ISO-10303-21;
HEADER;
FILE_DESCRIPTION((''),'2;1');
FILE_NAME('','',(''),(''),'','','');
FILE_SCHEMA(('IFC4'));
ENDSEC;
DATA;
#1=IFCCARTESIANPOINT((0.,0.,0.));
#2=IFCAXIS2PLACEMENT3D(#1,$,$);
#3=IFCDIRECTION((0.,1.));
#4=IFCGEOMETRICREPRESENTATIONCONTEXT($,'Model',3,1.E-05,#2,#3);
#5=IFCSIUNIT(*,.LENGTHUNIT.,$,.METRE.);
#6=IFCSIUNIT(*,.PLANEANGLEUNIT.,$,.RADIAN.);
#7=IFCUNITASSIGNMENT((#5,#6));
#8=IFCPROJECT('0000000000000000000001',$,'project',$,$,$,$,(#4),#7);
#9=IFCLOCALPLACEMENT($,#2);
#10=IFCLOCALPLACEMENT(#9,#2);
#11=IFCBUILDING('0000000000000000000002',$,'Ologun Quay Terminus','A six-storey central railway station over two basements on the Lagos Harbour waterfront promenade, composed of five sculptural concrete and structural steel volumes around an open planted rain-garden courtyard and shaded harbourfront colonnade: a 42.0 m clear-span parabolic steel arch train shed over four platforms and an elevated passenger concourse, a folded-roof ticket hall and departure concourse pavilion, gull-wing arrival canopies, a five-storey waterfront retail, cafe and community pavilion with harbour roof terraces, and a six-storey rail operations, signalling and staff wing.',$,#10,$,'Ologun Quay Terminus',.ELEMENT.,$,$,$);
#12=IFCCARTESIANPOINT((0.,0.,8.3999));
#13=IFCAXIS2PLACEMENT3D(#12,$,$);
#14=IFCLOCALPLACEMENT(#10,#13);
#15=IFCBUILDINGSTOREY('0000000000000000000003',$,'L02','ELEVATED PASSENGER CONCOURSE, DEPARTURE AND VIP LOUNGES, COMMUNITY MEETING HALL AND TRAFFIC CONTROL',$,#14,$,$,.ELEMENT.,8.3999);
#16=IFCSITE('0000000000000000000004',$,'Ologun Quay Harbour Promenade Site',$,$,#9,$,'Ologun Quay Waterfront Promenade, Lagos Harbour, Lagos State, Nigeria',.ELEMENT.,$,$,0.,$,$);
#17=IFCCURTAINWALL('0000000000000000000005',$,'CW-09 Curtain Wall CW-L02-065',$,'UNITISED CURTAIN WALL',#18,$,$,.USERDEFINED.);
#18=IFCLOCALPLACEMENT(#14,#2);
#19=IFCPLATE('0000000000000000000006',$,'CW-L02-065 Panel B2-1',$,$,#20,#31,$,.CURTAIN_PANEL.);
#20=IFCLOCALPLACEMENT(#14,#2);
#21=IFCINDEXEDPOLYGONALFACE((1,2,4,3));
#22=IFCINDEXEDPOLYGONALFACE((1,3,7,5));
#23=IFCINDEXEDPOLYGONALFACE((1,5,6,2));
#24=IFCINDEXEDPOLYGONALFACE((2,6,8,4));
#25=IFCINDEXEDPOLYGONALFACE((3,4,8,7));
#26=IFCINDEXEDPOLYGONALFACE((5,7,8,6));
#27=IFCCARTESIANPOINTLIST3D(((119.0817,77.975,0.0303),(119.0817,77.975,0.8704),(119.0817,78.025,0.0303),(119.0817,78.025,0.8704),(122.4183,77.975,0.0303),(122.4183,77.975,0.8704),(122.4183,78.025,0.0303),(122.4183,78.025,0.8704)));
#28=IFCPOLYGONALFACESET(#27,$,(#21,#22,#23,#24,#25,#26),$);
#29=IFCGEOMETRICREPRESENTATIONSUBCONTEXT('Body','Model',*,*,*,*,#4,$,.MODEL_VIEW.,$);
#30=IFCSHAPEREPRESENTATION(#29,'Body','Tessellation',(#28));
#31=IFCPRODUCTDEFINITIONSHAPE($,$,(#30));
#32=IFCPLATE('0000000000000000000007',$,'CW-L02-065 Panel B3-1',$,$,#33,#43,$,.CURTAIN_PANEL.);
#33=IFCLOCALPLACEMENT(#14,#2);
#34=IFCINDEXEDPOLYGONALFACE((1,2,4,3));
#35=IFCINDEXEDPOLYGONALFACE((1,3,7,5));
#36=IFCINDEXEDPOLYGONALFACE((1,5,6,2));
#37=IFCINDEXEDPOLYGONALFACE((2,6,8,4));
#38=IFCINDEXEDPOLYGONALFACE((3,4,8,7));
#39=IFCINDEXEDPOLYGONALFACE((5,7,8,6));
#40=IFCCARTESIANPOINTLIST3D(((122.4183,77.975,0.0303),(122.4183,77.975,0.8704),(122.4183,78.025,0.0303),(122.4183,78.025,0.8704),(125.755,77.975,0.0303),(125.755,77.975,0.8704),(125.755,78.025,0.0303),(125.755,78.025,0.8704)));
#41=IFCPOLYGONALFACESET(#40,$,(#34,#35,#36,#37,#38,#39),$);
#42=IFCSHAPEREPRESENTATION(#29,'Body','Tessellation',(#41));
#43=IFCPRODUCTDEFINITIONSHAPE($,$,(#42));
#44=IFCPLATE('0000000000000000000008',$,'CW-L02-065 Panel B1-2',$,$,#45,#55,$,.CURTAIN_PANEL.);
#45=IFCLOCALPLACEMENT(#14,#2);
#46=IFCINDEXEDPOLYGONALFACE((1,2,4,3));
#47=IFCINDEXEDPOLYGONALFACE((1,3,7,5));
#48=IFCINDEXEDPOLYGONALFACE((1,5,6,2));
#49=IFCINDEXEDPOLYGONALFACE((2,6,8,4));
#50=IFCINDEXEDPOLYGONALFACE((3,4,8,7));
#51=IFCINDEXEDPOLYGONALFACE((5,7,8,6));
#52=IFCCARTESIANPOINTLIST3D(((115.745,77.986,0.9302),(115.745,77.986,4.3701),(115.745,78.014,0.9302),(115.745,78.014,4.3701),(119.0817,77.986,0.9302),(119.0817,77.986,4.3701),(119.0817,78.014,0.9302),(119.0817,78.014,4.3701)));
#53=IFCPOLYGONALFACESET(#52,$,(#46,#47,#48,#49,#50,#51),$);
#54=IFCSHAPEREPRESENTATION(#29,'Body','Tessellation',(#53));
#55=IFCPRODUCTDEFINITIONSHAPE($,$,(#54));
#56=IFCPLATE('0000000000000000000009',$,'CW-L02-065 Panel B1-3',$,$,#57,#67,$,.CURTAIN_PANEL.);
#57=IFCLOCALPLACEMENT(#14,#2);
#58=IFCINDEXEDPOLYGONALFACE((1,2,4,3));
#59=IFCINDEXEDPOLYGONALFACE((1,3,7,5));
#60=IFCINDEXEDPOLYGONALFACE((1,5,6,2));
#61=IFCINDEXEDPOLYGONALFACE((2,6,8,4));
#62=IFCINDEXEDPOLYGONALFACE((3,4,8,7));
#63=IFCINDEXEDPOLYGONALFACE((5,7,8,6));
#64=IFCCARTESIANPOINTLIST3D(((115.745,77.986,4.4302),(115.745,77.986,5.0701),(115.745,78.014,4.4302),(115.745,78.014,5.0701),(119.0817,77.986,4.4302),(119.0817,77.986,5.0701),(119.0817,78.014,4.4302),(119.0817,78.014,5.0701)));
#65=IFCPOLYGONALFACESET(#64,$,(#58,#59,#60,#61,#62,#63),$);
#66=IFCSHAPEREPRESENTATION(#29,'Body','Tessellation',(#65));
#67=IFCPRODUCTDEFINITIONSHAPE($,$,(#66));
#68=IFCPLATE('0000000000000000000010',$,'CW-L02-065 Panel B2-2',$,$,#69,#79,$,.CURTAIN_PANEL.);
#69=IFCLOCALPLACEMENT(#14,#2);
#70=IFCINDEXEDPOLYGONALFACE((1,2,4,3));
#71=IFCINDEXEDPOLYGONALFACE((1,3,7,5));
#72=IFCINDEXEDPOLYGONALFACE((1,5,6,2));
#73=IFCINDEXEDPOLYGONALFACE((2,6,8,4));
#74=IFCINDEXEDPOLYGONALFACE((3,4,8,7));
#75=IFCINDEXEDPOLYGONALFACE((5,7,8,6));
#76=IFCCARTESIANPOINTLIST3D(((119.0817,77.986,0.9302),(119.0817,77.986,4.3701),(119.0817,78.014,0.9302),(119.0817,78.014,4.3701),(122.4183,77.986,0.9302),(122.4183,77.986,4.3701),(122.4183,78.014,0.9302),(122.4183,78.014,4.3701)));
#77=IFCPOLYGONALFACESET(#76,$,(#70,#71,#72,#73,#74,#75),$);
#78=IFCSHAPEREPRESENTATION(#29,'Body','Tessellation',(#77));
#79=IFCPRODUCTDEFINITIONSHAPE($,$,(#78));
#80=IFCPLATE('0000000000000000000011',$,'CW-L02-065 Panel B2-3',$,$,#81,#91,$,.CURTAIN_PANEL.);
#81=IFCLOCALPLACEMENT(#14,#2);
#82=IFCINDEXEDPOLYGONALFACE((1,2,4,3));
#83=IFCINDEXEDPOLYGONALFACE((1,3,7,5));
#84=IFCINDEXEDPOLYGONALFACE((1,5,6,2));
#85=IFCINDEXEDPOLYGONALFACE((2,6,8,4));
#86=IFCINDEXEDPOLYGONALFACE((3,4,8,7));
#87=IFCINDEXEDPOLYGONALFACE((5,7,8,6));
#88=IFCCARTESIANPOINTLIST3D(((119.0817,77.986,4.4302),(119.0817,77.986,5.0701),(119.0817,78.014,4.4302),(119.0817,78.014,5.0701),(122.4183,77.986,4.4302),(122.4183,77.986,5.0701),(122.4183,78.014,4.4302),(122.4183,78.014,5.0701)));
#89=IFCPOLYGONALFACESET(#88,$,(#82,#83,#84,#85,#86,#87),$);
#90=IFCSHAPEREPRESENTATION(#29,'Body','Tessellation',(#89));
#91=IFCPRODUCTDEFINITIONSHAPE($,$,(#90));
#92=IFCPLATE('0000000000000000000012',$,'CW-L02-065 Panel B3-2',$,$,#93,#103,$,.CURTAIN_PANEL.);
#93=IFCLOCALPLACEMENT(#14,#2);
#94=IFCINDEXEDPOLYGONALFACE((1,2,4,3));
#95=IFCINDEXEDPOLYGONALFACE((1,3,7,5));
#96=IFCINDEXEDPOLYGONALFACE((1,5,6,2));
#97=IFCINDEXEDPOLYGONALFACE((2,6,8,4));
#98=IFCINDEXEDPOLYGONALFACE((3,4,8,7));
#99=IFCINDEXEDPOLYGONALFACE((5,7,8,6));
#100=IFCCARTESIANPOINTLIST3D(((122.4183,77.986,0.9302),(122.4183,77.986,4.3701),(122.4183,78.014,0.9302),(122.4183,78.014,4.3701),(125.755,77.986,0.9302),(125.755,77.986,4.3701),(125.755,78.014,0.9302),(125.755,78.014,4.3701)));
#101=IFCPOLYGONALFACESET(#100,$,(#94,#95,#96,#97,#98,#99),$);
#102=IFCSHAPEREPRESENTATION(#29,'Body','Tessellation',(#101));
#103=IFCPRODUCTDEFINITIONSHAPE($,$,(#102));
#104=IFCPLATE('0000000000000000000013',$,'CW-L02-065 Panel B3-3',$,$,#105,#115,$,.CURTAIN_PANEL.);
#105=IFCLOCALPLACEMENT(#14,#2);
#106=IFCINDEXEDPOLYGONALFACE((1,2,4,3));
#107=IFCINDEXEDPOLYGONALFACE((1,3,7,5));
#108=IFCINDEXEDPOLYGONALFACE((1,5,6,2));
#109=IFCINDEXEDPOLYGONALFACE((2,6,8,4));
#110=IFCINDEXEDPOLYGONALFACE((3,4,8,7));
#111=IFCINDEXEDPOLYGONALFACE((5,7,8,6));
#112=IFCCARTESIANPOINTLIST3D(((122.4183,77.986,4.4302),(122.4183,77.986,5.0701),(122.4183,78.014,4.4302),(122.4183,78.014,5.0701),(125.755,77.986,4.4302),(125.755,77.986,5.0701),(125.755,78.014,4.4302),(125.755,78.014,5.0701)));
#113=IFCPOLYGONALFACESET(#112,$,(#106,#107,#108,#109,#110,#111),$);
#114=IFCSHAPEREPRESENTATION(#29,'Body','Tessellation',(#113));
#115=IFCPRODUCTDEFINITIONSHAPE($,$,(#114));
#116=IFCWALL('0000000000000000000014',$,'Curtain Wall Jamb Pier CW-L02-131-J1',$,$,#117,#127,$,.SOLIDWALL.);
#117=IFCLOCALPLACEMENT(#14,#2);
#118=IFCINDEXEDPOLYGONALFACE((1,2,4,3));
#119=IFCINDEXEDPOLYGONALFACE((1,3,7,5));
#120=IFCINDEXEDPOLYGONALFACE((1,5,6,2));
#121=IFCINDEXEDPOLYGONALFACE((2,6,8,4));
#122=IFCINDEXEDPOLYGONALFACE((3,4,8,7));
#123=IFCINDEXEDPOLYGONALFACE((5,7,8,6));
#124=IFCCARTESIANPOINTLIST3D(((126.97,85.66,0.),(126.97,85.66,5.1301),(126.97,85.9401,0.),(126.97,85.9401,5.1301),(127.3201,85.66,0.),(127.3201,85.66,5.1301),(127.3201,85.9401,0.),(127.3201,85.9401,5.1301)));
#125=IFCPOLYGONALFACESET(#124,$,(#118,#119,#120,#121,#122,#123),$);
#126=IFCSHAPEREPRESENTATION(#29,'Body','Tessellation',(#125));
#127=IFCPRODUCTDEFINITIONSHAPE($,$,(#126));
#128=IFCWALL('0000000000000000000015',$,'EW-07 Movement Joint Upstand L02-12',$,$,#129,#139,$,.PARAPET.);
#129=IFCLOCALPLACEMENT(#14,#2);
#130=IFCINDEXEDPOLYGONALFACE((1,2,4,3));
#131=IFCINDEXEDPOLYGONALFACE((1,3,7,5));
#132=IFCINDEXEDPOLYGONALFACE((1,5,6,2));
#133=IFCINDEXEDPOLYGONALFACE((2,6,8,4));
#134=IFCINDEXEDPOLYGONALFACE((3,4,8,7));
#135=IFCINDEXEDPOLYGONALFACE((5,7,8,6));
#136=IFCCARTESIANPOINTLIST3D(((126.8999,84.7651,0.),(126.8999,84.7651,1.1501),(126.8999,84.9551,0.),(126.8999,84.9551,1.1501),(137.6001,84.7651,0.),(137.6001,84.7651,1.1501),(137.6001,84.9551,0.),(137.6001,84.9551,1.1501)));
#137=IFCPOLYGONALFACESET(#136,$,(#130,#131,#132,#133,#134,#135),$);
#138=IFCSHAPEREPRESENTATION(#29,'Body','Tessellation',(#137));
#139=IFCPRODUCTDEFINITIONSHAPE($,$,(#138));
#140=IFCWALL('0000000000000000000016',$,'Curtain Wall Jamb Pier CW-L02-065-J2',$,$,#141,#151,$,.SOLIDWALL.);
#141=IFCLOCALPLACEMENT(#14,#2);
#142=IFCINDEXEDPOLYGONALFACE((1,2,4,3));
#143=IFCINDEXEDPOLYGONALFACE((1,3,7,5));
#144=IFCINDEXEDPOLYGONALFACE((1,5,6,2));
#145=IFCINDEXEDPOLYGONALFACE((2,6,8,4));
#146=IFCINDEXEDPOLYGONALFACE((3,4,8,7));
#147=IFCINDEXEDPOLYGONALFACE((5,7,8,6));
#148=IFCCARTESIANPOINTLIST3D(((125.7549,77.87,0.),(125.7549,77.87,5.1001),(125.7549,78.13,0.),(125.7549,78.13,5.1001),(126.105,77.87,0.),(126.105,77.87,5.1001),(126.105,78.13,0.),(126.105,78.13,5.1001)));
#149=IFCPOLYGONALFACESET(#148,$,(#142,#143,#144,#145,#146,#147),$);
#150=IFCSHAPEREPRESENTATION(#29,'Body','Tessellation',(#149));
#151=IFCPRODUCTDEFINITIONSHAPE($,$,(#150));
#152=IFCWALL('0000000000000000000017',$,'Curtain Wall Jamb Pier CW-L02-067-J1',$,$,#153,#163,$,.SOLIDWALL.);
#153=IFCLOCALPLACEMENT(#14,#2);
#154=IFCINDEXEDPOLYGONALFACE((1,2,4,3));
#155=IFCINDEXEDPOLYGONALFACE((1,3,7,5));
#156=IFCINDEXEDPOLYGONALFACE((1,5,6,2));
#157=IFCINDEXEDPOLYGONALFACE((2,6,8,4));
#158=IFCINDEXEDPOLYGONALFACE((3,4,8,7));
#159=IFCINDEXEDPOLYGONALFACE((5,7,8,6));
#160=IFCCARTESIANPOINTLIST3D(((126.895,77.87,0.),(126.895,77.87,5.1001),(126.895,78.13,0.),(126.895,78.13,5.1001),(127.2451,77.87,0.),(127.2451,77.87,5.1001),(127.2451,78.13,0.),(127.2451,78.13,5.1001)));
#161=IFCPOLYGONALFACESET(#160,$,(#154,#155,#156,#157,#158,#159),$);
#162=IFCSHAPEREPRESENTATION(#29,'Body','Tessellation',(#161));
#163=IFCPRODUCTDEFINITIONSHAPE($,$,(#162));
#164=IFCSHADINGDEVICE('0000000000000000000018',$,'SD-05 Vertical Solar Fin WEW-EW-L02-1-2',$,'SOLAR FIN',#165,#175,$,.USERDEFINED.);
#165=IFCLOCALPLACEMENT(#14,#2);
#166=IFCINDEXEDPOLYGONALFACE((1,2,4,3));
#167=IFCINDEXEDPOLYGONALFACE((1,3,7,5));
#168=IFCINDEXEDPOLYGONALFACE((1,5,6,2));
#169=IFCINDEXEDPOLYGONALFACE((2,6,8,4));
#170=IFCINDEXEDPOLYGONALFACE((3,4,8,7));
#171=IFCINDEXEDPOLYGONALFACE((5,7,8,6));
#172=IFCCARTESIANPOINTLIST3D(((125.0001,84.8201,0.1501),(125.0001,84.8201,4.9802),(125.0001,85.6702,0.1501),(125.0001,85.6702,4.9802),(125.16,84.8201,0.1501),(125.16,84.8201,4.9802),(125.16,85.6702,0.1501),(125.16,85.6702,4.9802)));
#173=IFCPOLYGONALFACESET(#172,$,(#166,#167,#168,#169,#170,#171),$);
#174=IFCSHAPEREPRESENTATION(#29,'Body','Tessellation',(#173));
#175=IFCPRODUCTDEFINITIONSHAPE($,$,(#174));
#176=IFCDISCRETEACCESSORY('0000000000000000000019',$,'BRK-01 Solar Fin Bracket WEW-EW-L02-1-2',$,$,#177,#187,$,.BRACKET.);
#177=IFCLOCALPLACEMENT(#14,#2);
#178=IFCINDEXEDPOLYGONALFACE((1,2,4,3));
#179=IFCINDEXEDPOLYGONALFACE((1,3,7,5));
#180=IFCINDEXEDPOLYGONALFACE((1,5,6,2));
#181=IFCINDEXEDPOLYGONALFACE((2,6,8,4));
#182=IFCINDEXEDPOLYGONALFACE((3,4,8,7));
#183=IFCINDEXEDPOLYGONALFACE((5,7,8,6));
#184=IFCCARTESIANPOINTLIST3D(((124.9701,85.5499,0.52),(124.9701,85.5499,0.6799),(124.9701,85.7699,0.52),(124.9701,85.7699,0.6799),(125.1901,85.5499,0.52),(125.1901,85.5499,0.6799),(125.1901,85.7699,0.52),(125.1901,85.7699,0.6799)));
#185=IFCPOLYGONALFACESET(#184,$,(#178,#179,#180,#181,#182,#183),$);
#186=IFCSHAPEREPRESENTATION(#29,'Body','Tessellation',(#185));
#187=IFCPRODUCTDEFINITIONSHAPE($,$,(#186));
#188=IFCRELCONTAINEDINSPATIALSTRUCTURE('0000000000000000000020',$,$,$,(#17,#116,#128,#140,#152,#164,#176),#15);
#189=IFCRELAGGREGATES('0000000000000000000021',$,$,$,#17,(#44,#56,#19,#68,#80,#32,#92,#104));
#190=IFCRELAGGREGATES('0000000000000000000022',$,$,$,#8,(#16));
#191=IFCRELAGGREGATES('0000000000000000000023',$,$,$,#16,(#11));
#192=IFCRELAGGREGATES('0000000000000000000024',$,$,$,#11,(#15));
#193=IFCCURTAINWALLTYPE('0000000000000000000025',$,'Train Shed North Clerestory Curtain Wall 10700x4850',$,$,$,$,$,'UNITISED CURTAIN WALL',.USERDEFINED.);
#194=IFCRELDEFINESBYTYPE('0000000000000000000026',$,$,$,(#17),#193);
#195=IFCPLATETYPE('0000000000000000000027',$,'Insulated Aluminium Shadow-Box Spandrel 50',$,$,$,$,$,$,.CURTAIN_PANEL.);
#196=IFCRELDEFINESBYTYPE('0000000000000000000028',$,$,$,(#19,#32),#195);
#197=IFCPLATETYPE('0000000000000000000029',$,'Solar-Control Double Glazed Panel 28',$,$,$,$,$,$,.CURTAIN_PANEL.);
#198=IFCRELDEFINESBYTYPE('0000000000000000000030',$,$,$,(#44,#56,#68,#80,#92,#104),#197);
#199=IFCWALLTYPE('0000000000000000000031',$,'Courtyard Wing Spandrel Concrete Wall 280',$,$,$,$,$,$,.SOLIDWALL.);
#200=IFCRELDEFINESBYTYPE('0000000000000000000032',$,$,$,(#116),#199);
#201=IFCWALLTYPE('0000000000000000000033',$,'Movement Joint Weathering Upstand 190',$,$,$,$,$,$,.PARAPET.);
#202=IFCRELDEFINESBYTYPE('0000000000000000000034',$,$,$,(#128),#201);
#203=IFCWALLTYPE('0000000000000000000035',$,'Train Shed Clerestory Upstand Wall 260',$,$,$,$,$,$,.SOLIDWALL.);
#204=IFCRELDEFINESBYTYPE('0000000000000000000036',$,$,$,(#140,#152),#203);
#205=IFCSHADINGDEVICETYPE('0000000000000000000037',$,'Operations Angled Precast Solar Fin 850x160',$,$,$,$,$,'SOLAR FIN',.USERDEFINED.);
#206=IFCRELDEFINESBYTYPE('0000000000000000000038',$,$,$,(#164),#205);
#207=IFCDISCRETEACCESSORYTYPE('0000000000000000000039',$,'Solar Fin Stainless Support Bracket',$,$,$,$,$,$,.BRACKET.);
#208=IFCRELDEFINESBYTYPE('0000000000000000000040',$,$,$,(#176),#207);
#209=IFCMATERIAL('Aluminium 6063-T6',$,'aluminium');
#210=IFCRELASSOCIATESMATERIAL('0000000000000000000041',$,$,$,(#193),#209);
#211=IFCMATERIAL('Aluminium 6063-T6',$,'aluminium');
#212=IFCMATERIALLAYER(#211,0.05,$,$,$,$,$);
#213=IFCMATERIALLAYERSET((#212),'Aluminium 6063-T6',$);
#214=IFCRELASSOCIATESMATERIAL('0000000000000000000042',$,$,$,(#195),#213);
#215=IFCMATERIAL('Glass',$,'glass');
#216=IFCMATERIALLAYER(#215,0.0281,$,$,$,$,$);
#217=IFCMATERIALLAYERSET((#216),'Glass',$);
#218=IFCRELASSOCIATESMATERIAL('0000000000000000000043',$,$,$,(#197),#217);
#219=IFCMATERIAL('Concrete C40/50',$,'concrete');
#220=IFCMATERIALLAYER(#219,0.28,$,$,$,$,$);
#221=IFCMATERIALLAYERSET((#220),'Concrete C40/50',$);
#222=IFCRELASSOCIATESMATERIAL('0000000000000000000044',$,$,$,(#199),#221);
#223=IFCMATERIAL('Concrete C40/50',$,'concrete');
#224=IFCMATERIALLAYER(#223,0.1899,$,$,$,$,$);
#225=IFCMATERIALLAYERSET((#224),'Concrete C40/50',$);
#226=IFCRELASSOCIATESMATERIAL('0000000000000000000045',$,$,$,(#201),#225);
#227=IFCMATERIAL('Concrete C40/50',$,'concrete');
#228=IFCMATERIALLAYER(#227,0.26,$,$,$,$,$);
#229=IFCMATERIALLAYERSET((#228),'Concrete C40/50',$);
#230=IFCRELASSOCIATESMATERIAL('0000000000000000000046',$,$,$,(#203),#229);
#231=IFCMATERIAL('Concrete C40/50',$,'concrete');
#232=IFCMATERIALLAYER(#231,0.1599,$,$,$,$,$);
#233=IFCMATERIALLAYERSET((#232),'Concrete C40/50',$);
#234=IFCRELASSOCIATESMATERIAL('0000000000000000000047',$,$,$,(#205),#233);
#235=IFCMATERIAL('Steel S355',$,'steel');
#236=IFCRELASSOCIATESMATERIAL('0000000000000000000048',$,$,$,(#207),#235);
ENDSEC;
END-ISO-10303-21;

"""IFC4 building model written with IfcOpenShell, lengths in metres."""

from ifc_helpers import new_model, si_unit, direction, frame, frame_2d, origin, origin_2d, place, context, subcontext, project, spatial, rectangle, extrude, material, layer, layer_set, type_object, element, aggregate, save


model = new_model("IFC4")

# Units and contexts
model_context = context("Model", 3, precision=1e-05, world=origin(), true_north=direction((0.0, 1.0)))
body_context = subcontext(model_context, "Body", "Model", "MODEL_VIEW")
ifc_project = project(units=[si_unit("LENGTHUNIT", "METRE"), si_unit("PLANEANGLEUNIT", "RADIAN")], contexts=[model_context])

# Site, building, storey
site_placement = place(None, origin())
site = spatial("IfcSite", under=ifc_project, at=site_placement, Name="Ologun Quay Harbour Promenade Site", LongName="Ologun Quay Waterfront Promenade, Lagos Harbour, Lagos State, Nigeria", CompositionType="ELEMENT", RefElevation=0.0)
building_placement = place(site_placement, origin())
building = spatial("IfcBuilding", under=site, at=building_placement, Name="Ologun Quay Terminus", Description="A six-storey central railway station over two basements on the Lagos Harbour waterfront promenade, composed of five sculptural concrete and structural steel volumes around an open planted rain-garden courtyard and shaded harbourfront colonnade: a 42.0 m clear-span parabolic steel arch train shed over four platforms and an elevated passenger concourse, a folded-roof ticket hall and departure concourse pavilion, gull-wing arrival canopies, a five-storey waterfront retail, cafe and community pavilion with harbour roof terraces, and a six-storey rail operations, signalling and staff wing.", LongName="Ologun Quay Terminus", CompositionType="ELEMENT")
storey_placement = place(building_placement, frame((0.0, 0.0, 8.3999)))
storey = spatial("IfcBuildingStorey", under=building, at=storey_placement, Name="L02", Description="ELEVATED PASSENGER CONCOURSE, DEPARTURE AND VIP LOUNGES, COMMUNITY MEETING HALL AND TRAFFIC CONTROL", CompositionType="ELEMENT", Elevation=8.3999)

# Curtain wall
ifc_material_1 = material(Name="Aluminium 6063-T6", Category="aluminium")
curtain_wall_type_1 = type_object("IfcCurtainWallType", Name="Train Shed North Clerestory Curtain Wall 10700x4850", ElementType="UNITISED CURTAIN WALL", PredefinedType="USERDEFINED", material=ifc_material_1)
curtain_wall_1_placement = place(storey_placement, origin())
curtain_wall_1 = element("IfcCurtainWall", 1, at=curtain_wall_1_placement, inside=storey, type_object=curtain_wall_type_1, Name="CW-09 Curtain Wall CW-L02-065", ObjectType="UNITISED CURTAIN WALL", PredefinedType="USERDEFINED")

# Plates
ifc_material_2 = material(Name="Aluminium 6063-T6", Category="aluminium")
ifc_layer_1 = layer(ifc_material_2, 0.05)
ifc_layer_set_1 = layer_set([ifc_layer_1], Name="Aluminium 6063-T6")
plate_type_1 = type_object("IfcPlateType", Name="Insulated Aluminium Shadow-Box Spandrel 50", PredefinedType="CURTAIN_PANEL", material=ifc_layer_set_1)
plate_1_placement = place(storey_placement, frame((120.75, 78.0, 0.0303), z_axis=(0.0, 0.0, 1.0), x_axis=(1.0, 0.0, 0.0)))
plate_1 = element("IfcPlate", 2, at=plate_1_placement, type_object=plate_type_1, Name="CW-L02-065 Panel B2-1", PredefinedType="CURTAIN_PANEL", context=body_context, shape_type="SweptSolid", body=[
    extrude(rectangle(XDim=3.3367, YDim=0.05, at=origin_2d()), origin(), (0.0, 0.0, 1.0), 0.8401),
])
plate_2_placement = place(storey_placement, frame((124.0867, 78.0, 0.0303), z_axis=(0.0, 0.0, 1.0), x_axis=(1.0, 0.0, 0.0)))
plate_2 = element("IfcPlate", 3, at=plate_2_placement, type_object=plate_type_1, Name="CW-L02-065 Panel B3-1", PredefinedType="CURTAIN_PANEL", context=body_context, shape_type="SweptSolid", body=[
    extrude(rectangle(XDim=3.3367, YDim=0.05, at=origin_2d()), origin(), (0.0, 0.0, 1.0), 0.8401),
])
ifc_material_3 = material(Name="Glass", Category="glass")
ifc_layer_2 = layer(ifc_material_3, 0.0281)
ifc_layer_set_2 = layer_set([ifc_layer_2], Name="Glass")
plate_type_2 = type_object("IfcPlateType", Name="Solar-Control Double Glazed Panel 28", PredefinedType="CURTAIN_PANEL", material=ifc_layer_set_2)
plate_3_placement = place(storey_placement, frame((117.4133, 78.0, 0.9302), z_axis=(0.0, 0.0, 1.0), x_axis=(1.0, 0.0, 0.0)))
plate_3 = element("IfcPlate", 4, at=plate_3_placement, type_object=plate_type_2, Name="CW-L02-065 Panel B1-2", PredefinedType="CURTAIN_PANEL", context=body_context, shape_type="SweptSolid", body=[
    extrude(rectangle(XDim=3.3367, YDim=0.0281, at=origin_2d()), origin(), (0.0, 0.0, 1.0), 3.4399),
])
plate_4_placement = place(storey_placement, frame((117.4133, 78.0, 4.4302), z_axis=(0.0, 0.0, 1.0), x_axis=(1.0, 0.0, 0.0)))
plate_4 = element("IfcPlate", 5, at=plate_4_placement, type_object=plate_type_2, Name="CW-L02-065 Panel B1-3", PredefinedType="CURTAIN_PANEL", context=body_context, shape_type="SweptSolid", body=[
    extrude(rectangle(XDim=3.3367, YDim=0.0281, at=origin_2d()), origin(), (0.0, 0.0, 1.0), 0.6399),
])
plate_5_placement = place(storey_placement, frame((120.75, 78.0, 0.9302), z_axis=(0.0, 0.0, 1.0), x_axis=(1.0, 0.0, 0.0)))
plate_5 = element("IfcPlate", 6, at=plate_5_placement, type_object=plate_type_2, Name="CW-L02-065 Panel B2-2", PredefinedType="CURTAIN_PANEL", context=body_context, shape_type="SweptSolid", body=[
    extrude(rectangle(XDim=3.3367, YDim=0.0281, at=origin_2d()), origin(), (0.0, 0.0, 1.0), 3.4399),
])
plate_6_placement = place(storey_placement, frame((120.75, 78.0, 4.4302), z_axis=(0.0, 0.0, 1.0), x_axis=(1.0, 0.0, 0.0)))
plate_6 = element("IfcPlate", 7, at=plate_6_placement, type_object=plate_type_2, Name="CW-L02-065 Panel B2-3", PredefinedType="CURTAIN_PANEL", context=body_context, shape_type="SweptSolid", body=[
    extrude(rectangle(XDim=3.3367, YDim=0.0281, at=origin_2d()), origin(), (0.0, 0.0, 1.0), 0.6399),
])
plate_7_placement = place(storey_placement, frame((124.0867, 78.0, 0.9302), z_axis=(0.0, 0.0, 1.0), x_axis=(1.0, 0.0, 0.0)))
plate_7 = element("IfcPlate", 8, at=plate_7_placement, type_object=plate_type_2, Name="CW-L02-065 Panel B3-2", PredefinedType="CURTAIN_PANEL", context=body_context, shape_type="SweptSolid", body=[
    extrude(rectangle(XDim=3.3367, YDim=0.0281, at=origin_2d()), origin(), (0.0, 0.0, 1.0), 3.4399),
])
plate_8_placement = place(storey_placement, frame((124.0867, 78.0, 4.4302), z_axis=(0.0, 0.0, 1.0), x_axis=(1.0, 0.0, 0.0)))
plate_8 = element("IfcPlate", 9, at=plate_8_placement, type_object=plate_type_2, Name="CW-L02-065 Panel B3-3", PredefinedType="CURTAIN_PANEL", context=body_context, shape_type="SweptSolid", body=[
    extrude(rectangle(XDim=3.3367, YDim=0.0281, at=origin_2d()), origin(), (0.0, 0.0, 1.0), 0.6399),
])
aggregate(curtain_wall_1, [plate_3, plate_4, plate_1, plate_5, plate_6, plate_2, plate_7, plate_8])

# Walls
ifc_material_4 = material(Name="Concrete C40/50", Category="concrete")
ifc_layer_3 = layer(ifc_material_4, 0.28)
ifc_layer_set_3 = layer_set([ifc_layer_3], Name="Concrete C40/50")
wall_type_1 = type_object("IfcWallType", Name="Courtyard Wing Spandrel Concrete Wall 280", PredefinedType="SOLIDWALL", material=ifc_layer_set_3)
wall_1_placement = place(storey_placement, frame((126.97, 85.8, 0.0), z_axis=(0.0, 0.0, 1.0), x_axis=(1.0, 0.0, 0.0)))
element("IfcWall", 10, at=wall_1_placement, inside=storey, type_object=wall_type_1, Name="Curtain Wall Jamb Pier CW-L02-131-J1", PredefinedType="SOLIDWALL", context=body_context, shape_type="SweptSolid", body=[
    extrude(rectangle(XDim=0.3501, YDim=0.28, at=frame_2d((0.175, 0.0))), origin(), (0.0, 0.0, 1.0), 5.1301),
])
ifc_material_5 = material(Name="Concrete C40/50", Category="concrete")
ifc_layer_4 = layer(ifc_material_5, 0.1899)
ifc_layer_set_4 = layer_set([ifc_layer_4], Name="Concrete C40/50")
wall_type_2 = type_object("IfcWallType", Name="Movement Joint Weathering Upstand 190", PredefinedType="PARAPET", material=ifc_layer_set_4)
wall_2_placement = place(storey_placement, frame((126.8999, 84.8601, 0.0), z_axis=(0.0, 0.0, 1.0), x_axis=(1.0, 0.0, 0.0)))
element("IfcWall", 11, at=wall_2_placement, inside=storey, type_object=wall_type_2, Name="EW-07 Movement Joint Upstand L02-12", PredefinedType="PARAPET", context=body_context, shape_type="SweptSolid", body=[
    extrude(rectangle(XDim=10.7002, YDim=0.1899, at=frame_2d((5.3501, 0.0))), origin(), (0.0, 0.0, 1.0), 1.1501),
])
ifc_material_6 = material(Name="Concrete C40/50", Category="concrete")
ifc_layer_5 = layer(ifc_material_6, 0.26)
ifc_layer_set_5 = layer_set([ifc_layer_5], Name="Concrete C40/50")
wall_type_3 = type_object("IfcWallType", Name="Train Shed Clerestory Upstand Wall 260", PredefinedType="SOLIDWALL", material=ifc_layer_set_5)
for number, where, z_axis, x_axis, name in (
    (12, (125.7549, 78.0, 0.0), (0.0, 0.0, 1.0), (1.0, 0.0, 0.0), "Curtain Wall Jamb Pier CW-L02-065-J2"),
    (13, (126.895, 78.0, 0.0), (0.0, 0.0, 1.0), (1.0, 0.0, 0.0), "Curtain Wall Jamb Pier CW-L02-067-J1"),
):
    element("IfcWall", number, at=place(storey_placement, frame(where, z_axis=z_axis, x_axis=x_axis)), inside=storey, type_object=wall_type_3, Name=name, PredefinedType="SOLIDWALL", context=body_context, shape_type="SweptSolid", body=[
        extrude(rectangle(XDim=0.3501, YDim=0.26, at=frame_2d((0.175, 0.0))), origin(), (0.0, 0.0, 1.0), 5.1001),
    ])

# Shading device
ifc_material_7 = material(Name="Concrete C40/50", Category="concrete")
ifc_layer_6 = layer(ifc_material_7, 0.1599)
ifc_layer_set_6 = layer_set([ifc_layer_6], Name="Concrete C40/50")
shading_device_type = type_object("IfcShadingDeviceType", Name="Operations Angled Precast Solar Fin 850x160", ElementType="SOLAR FIN", PredefinedType="USERDEFINED", material=ifc_layer_set_6)
shading_device_placement = place(storey_placement, frame((125.0801, 85.2451, 0.1501), z_axis=(0.0, 0.0, 1.0), x_axis=(1.0, 0.0, 0.0)))
element("IfcShadingDevice", 14, at=shading_device_placement, inside=storey, type_object=shading_device_type, Name="SD-05 Vertical Solar Fin WEW-EW-L02-1-2", ObjectType="SOLAR FIN", PredefinedType="USERDEFINED", context=body_context, shape_type="SweptSolid", body=[
    extrude(rectangle(XDim=0.1599, YDim=0.8501, at=origin_2d()), origin(), (0.0, 0.0, 1.0), 4.8301),
])

# Discrete accessory
ifc_material_8 = material(Name="Steel S355", Category="steel")
discrete_accessory_type = type_object("IfcDiscreteAccessoryType", Name="Solar Fin Stainless Support Bracket", PredefinedType="BRACKET", material=ifc_material_8)
discrete_accessory_placement = place(storey_placement, frame((125.0801, 85.6599, 0.52), z_axis=(0.0, 0.0, 1.0), x_axis=(1.0, 0.0, 0.0)))
element("IfcDiscreteAccessory", 15, at=discrete_accessory_placement, inside=storey, type_object=discrete_accessory_type, Name="BRK-01 Solar Fin Bracket WEW-EW-L02-1-2", PredefinedType="BRACKET", context=body_context, shape_type="SweptSolid", body=[
    extrude(rectangle(XDim=0.22, YDim=0.22, at=origin_2d()), origin(), (0.0, 0.0, 1.0), 0.1599),
])

save(model, "model.ifc")
